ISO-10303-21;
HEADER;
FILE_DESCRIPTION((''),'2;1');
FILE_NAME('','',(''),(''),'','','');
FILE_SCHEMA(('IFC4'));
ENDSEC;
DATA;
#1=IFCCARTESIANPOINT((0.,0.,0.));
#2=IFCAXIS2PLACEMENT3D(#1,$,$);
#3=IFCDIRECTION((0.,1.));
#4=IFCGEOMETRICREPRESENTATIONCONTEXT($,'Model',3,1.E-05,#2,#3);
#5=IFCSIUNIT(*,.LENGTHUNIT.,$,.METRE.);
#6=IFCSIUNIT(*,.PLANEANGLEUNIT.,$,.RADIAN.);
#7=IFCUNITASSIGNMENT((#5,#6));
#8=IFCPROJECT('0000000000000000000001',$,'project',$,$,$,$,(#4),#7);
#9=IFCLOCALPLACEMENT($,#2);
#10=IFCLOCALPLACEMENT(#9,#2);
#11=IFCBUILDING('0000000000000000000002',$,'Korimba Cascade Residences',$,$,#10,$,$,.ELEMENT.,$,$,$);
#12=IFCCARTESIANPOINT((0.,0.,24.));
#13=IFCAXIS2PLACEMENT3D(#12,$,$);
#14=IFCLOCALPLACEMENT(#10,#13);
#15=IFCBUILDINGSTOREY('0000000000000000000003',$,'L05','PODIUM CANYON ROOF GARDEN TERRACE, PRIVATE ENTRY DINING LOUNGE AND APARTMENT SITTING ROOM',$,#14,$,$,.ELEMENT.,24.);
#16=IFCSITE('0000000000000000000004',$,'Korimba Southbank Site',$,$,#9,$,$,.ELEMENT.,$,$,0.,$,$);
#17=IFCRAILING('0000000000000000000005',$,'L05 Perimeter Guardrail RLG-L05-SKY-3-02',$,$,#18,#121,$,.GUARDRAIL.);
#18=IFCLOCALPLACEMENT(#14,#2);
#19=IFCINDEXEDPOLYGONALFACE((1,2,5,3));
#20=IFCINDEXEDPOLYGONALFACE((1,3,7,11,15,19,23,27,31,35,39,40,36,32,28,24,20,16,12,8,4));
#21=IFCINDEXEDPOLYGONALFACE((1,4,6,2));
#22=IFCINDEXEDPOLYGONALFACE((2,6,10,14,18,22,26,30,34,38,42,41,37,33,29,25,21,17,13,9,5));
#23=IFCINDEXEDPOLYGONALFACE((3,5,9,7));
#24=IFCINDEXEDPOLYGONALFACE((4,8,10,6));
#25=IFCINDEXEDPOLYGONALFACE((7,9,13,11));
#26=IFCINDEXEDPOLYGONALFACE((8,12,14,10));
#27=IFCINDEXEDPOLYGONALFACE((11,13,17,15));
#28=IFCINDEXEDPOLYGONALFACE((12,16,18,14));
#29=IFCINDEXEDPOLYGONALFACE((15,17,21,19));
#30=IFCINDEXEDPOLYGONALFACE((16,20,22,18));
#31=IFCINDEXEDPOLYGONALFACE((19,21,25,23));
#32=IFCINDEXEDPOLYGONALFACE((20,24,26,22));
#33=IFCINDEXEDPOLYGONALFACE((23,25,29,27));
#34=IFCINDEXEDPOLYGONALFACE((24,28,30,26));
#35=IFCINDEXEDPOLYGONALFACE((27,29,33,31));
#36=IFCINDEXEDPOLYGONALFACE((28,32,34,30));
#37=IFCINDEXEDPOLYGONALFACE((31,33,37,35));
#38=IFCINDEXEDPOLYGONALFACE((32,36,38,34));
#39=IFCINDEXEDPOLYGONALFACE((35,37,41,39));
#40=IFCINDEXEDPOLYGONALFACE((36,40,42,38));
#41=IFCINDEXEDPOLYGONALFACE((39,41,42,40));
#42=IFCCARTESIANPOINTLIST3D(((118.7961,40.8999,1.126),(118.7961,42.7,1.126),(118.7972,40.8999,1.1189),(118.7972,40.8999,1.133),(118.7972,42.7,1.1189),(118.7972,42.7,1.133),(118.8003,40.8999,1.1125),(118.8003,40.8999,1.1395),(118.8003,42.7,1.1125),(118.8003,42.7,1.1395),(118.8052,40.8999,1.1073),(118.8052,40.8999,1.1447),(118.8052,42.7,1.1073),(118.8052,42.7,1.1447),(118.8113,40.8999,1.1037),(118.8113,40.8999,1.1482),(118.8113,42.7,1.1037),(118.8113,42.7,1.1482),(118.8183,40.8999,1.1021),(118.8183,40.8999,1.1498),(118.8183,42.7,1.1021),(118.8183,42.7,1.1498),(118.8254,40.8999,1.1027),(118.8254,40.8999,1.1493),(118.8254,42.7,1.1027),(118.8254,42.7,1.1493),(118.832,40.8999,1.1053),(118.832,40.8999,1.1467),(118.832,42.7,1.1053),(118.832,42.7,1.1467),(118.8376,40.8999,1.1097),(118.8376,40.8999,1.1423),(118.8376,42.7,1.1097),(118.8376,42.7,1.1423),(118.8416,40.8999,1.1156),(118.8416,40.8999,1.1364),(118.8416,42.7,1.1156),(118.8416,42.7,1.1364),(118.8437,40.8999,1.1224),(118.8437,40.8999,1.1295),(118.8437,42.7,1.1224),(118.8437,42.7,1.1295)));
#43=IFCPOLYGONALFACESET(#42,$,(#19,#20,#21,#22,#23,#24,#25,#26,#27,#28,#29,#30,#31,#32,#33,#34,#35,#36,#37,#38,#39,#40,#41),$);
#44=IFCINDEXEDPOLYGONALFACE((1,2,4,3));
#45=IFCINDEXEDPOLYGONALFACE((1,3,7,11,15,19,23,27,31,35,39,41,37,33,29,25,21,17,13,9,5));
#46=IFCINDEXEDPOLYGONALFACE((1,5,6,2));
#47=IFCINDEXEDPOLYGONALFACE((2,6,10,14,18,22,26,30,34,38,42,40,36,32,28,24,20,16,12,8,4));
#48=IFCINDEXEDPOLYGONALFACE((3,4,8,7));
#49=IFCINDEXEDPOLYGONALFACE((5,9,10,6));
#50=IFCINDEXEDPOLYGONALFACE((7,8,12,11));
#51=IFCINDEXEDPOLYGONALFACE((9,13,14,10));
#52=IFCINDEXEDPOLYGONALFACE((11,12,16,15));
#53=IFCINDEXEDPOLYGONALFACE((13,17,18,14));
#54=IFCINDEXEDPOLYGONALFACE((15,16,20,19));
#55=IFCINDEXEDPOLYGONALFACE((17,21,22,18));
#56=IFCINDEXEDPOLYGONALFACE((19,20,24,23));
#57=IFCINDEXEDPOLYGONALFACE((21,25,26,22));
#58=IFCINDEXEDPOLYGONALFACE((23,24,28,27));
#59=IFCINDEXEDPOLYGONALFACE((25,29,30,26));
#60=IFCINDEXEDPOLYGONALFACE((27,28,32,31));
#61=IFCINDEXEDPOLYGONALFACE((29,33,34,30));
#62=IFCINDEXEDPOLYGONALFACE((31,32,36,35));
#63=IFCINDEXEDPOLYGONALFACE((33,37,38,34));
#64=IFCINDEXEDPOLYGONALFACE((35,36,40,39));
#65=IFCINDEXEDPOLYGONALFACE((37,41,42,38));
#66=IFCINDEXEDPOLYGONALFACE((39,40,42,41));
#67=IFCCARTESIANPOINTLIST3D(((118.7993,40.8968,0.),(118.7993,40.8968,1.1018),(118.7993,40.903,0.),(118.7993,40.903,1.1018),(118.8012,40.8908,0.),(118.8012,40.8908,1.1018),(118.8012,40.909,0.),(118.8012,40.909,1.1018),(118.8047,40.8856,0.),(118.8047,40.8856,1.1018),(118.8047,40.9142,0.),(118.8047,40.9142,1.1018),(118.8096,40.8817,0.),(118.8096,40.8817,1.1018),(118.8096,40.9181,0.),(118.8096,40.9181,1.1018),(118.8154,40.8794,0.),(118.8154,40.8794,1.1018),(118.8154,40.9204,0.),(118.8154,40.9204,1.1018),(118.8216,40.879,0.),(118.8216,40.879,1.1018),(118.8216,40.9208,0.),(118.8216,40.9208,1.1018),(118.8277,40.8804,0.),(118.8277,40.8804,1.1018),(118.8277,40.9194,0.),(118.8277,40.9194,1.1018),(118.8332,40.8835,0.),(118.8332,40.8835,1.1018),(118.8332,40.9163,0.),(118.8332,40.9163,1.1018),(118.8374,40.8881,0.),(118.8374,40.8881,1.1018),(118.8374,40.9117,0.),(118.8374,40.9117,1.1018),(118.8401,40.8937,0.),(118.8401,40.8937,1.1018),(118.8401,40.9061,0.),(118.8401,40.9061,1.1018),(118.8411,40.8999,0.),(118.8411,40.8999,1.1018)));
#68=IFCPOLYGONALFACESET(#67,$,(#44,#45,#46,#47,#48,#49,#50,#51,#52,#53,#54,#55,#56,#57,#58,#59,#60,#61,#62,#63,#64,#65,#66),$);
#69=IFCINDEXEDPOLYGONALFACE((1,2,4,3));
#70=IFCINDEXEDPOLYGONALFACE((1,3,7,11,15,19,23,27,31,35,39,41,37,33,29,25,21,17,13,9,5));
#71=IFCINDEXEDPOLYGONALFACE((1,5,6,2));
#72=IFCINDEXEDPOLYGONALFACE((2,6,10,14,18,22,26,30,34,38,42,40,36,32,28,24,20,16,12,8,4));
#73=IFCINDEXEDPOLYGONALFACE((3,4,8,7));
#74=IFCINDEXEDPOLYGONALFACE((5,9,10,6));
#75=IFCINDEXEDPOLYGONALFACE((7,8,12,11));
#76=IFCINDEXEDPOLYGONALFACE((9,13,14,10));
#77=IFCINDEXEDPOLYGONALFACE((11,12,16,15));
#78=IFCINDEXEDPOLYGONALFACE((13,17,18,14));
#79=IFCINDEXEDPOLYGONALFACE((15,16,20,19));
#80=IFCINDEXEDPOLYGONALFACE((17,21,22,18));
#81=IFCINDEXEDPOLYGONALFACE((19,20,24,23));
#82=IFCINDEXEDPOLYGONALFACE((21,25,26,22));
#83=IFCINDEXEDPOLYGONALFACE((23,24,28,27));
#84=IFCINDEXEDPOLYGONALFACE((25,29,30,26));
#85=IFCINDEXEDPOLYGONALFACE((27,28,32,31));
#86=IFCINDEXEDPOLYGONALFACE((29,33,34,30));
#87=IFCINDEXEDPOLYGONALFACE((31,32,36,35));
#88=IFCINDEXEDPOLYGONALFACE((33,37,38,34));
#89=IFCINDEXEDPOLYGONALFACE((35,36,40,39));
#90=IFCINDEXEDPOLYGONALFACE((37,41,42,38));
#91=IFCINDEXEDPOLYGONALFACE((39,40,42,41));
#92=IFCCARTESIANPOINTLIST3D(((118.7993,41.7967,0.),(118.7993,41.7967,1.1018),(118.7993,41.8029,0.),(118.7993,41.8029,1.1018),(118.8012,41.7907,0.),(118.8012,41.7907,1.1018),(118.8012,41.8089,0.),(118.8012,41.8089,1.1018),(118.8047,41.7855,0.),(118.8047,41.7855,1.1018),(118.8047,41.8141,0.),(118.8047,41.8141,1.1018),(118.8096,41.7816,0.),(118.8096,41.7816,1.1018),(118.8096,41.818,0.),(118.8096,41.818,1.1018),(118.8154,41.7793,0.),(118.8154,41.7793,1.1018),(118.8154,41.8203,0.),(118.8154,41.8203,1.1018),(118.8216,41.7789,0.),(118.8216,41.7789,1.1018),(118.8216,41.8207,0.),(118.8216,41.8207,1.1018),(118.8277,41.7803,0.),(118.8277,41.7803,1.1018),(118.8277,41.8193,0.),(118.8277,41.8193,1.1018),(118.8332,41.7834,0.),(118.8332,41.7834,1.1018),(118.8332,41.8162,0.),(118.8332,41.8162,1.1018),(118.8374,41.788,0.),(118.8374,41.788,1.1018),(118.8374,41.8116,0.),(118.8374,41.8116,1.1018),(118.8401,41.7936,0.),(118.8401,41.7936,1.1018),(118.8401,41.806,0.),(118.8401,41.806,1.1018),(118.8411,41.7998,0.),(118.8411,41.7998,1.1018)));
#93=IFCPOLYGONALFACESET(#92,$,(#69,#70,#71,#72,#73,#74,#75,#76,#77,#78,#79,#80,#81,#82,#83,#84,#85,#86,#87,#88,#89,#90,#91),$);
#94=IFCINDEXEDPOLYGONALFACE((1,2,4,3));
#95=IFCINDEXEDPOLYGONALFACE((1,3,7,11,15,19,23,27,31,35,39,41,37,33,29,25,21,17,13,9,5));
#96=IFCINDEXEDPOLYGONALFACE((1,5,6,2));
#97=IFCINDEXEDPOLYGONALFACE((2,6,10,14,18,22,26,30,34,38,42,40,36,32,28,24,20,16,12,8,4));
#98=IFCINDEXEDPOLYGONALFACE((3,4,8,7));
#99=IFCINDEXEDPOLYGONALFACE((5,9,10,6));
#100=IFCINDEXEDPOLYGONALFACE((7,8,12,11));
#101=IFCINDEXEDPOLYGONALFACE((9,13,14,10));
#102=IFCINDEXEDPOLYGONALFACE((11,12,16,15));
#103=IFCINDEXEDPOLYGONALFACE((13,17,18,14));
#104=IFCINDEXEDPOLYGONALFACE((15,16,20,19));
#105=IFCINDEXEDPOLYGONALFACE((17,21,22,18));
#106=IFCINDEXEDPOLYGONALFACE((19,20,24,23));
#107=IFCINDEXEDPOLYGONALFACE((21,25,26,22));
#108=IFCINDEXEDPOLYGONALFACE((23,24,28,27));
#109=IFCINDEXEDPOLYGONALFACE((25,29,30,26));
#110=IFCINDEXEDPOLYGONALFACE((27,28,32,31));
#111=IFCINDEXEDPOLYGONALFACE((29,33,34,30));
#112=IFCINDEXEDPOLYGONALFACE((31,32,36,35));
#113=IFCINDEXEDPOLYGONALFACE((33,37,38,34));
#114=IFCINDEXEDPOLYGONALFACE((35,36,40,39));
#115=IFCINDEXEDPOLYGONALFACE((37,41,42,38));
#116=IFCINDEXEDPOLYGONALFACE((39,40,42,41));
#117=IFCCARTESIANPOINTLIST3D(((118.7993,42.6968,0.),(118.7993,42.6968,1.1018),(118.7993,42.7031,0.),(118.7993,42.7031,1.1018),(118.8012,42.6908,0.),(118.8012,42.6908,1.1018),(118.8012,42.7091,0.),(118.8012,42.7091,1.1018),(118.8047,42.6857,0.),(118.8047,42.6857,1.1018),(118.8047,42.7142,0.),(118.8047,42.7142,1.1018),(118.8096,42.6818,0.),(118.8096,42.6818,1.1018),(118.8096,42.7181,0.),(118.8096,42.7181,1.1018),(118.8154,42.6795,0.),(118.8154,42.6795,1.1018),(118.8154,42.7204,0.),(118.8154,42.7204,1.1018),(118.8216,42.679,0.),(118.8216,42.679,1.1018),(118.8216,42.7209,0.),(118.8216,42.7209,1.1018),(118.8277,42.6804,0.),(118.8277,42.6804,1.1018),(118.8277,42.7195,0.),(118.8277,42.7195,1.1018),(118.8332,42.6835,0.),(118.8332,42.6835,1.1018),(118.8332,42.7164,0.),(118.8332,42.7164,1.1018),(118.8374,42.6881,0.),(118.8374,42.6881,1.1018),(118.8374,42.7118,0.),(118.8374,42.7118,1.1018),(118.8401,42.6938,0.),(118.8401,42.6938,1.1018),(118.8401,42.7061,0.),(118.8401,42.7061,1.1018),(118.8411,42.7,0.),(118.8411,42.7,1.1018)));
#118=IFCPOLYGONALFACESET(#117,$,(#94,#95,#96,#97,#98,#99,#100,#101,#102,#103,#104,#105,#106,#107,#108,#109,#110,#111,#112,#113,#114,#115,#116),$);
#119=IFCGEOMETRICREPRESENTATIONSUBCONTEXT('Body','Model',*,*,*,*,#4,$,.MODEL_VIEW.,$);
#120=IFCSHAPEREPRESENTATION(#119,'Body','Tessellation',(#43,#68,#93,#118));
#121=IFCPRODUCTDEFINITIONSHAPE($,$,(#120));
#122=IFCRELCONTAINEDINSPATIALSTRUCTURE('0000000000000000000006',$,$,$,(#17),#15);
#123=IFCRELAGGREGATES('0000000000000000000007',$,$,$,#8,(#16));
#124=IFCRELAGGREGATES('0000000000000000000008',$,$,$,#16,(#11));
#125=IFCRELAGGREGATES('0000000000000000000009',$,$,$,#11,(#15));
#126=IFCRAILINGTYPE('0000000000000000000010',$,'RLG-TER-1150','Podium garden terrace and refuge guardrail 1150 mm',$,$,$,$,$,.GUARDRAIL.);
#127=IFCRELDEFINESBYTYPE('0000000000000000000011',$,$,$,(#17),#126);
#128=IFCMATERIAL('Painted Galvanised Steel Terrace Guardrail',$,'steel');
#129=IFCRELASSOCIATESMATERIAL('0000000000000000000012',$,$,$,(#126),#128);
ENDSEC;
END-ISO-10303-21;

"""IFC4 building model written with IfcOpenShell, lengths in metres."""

from ifc_helpers import new_model, si_unit, direction, frame, origin, origin_2d, place, context, subcontext, project, spatial, circle, extrude, material, type_object, element, save


model = new_model("IFC4")

# Units and contexts
model_context = context("Model", 3, precision=1e-05, world=origin(), true_north=direction((0.0, 1.0)))
body_context = subcontext(model_context, "Body", "Model", "MODEL_VIEW")
ifc_project = project(units=[si_unit("LENGTHUNIT", "METRE"), si_unit("PLANEANGLEUNIT", "RADIAN")], contexts=[model_context])

# Site, building, storey
site_placement = place(None, origin())
site = spatial("IfcSite", under=ifc_project, at=site_placement, Name="Korimba Southbank Site", CompositionType="ELEMENT", RefElevation=0.0)
building_placement = place(site_placement, origin())
building = spatial("IfcBuilding", under=site, at=building_placement, Name="Korimba Cascade Residences", CompositionType="ELEMENT")
storey_placement = place(building_placement, frame((0.0, 0.0, 24.0)))
storey = spatial("IfcBuildingStorey", under=building, at=storey_placement, Name="L05", Description="PODIUM CANYON ROOF GARDEN TERRACE, PRIVATE ENTRY DINING LOUNGE AND APARTMENT SITTING ROOM", CompositionType="ELEMENT", Elevation=24.0)

# Railing
ifc_material_1 = material(Name="Painted Galvanised Steel Terrace Guardrail", Category="steel")
railing_type = type_object("IfcRailingType", Name="RLG-TER-1150", Description="Podium garden terrace and refuge guardrail 1150 mm", PredefinedType="GUARDRAIL", material=ifc_material_1)
railing_1_placement = place(storey_placement, frame((118.8201, 40.8999, 0.0)))
element("IfcRailing", 1, at=railing_1_placement, inside=storey, type_object=railing_type, Name="L05 Perimeter Guardrail RLG-L05-SKY-3-02", PredefinedType="GUARDRAIL", context=body_context, shape_type="SweptSolid", body=[
    extrude(circle(Radius=0.0239, at=origin_2d()), frame((0.0, 0.0, 1.126), z_axis=(0.0, 1.0, 0.0), x_axis=(-1.0, 0.0, 0.0)), (0.0, 0.0, 1.0), 1.8),
    extrude(circle(Radius=0.021, at=origin_2d()), origin(), (0.0, 0.0, 1.0), 1.1018),
    extrude(circle(Radius=0.021, at=origin_2d()), frame((0.0, 0.8999, 0.0)), (0.0, 0.0, 1.0), 1.1018),
    extrude(circle(Radius=0.021, at=origin_2d()), frame((0.0, 1.8, 0.0)), (0.0, 0.0, 1.0), 1.1018),
])

save(model, "model.ifc")
